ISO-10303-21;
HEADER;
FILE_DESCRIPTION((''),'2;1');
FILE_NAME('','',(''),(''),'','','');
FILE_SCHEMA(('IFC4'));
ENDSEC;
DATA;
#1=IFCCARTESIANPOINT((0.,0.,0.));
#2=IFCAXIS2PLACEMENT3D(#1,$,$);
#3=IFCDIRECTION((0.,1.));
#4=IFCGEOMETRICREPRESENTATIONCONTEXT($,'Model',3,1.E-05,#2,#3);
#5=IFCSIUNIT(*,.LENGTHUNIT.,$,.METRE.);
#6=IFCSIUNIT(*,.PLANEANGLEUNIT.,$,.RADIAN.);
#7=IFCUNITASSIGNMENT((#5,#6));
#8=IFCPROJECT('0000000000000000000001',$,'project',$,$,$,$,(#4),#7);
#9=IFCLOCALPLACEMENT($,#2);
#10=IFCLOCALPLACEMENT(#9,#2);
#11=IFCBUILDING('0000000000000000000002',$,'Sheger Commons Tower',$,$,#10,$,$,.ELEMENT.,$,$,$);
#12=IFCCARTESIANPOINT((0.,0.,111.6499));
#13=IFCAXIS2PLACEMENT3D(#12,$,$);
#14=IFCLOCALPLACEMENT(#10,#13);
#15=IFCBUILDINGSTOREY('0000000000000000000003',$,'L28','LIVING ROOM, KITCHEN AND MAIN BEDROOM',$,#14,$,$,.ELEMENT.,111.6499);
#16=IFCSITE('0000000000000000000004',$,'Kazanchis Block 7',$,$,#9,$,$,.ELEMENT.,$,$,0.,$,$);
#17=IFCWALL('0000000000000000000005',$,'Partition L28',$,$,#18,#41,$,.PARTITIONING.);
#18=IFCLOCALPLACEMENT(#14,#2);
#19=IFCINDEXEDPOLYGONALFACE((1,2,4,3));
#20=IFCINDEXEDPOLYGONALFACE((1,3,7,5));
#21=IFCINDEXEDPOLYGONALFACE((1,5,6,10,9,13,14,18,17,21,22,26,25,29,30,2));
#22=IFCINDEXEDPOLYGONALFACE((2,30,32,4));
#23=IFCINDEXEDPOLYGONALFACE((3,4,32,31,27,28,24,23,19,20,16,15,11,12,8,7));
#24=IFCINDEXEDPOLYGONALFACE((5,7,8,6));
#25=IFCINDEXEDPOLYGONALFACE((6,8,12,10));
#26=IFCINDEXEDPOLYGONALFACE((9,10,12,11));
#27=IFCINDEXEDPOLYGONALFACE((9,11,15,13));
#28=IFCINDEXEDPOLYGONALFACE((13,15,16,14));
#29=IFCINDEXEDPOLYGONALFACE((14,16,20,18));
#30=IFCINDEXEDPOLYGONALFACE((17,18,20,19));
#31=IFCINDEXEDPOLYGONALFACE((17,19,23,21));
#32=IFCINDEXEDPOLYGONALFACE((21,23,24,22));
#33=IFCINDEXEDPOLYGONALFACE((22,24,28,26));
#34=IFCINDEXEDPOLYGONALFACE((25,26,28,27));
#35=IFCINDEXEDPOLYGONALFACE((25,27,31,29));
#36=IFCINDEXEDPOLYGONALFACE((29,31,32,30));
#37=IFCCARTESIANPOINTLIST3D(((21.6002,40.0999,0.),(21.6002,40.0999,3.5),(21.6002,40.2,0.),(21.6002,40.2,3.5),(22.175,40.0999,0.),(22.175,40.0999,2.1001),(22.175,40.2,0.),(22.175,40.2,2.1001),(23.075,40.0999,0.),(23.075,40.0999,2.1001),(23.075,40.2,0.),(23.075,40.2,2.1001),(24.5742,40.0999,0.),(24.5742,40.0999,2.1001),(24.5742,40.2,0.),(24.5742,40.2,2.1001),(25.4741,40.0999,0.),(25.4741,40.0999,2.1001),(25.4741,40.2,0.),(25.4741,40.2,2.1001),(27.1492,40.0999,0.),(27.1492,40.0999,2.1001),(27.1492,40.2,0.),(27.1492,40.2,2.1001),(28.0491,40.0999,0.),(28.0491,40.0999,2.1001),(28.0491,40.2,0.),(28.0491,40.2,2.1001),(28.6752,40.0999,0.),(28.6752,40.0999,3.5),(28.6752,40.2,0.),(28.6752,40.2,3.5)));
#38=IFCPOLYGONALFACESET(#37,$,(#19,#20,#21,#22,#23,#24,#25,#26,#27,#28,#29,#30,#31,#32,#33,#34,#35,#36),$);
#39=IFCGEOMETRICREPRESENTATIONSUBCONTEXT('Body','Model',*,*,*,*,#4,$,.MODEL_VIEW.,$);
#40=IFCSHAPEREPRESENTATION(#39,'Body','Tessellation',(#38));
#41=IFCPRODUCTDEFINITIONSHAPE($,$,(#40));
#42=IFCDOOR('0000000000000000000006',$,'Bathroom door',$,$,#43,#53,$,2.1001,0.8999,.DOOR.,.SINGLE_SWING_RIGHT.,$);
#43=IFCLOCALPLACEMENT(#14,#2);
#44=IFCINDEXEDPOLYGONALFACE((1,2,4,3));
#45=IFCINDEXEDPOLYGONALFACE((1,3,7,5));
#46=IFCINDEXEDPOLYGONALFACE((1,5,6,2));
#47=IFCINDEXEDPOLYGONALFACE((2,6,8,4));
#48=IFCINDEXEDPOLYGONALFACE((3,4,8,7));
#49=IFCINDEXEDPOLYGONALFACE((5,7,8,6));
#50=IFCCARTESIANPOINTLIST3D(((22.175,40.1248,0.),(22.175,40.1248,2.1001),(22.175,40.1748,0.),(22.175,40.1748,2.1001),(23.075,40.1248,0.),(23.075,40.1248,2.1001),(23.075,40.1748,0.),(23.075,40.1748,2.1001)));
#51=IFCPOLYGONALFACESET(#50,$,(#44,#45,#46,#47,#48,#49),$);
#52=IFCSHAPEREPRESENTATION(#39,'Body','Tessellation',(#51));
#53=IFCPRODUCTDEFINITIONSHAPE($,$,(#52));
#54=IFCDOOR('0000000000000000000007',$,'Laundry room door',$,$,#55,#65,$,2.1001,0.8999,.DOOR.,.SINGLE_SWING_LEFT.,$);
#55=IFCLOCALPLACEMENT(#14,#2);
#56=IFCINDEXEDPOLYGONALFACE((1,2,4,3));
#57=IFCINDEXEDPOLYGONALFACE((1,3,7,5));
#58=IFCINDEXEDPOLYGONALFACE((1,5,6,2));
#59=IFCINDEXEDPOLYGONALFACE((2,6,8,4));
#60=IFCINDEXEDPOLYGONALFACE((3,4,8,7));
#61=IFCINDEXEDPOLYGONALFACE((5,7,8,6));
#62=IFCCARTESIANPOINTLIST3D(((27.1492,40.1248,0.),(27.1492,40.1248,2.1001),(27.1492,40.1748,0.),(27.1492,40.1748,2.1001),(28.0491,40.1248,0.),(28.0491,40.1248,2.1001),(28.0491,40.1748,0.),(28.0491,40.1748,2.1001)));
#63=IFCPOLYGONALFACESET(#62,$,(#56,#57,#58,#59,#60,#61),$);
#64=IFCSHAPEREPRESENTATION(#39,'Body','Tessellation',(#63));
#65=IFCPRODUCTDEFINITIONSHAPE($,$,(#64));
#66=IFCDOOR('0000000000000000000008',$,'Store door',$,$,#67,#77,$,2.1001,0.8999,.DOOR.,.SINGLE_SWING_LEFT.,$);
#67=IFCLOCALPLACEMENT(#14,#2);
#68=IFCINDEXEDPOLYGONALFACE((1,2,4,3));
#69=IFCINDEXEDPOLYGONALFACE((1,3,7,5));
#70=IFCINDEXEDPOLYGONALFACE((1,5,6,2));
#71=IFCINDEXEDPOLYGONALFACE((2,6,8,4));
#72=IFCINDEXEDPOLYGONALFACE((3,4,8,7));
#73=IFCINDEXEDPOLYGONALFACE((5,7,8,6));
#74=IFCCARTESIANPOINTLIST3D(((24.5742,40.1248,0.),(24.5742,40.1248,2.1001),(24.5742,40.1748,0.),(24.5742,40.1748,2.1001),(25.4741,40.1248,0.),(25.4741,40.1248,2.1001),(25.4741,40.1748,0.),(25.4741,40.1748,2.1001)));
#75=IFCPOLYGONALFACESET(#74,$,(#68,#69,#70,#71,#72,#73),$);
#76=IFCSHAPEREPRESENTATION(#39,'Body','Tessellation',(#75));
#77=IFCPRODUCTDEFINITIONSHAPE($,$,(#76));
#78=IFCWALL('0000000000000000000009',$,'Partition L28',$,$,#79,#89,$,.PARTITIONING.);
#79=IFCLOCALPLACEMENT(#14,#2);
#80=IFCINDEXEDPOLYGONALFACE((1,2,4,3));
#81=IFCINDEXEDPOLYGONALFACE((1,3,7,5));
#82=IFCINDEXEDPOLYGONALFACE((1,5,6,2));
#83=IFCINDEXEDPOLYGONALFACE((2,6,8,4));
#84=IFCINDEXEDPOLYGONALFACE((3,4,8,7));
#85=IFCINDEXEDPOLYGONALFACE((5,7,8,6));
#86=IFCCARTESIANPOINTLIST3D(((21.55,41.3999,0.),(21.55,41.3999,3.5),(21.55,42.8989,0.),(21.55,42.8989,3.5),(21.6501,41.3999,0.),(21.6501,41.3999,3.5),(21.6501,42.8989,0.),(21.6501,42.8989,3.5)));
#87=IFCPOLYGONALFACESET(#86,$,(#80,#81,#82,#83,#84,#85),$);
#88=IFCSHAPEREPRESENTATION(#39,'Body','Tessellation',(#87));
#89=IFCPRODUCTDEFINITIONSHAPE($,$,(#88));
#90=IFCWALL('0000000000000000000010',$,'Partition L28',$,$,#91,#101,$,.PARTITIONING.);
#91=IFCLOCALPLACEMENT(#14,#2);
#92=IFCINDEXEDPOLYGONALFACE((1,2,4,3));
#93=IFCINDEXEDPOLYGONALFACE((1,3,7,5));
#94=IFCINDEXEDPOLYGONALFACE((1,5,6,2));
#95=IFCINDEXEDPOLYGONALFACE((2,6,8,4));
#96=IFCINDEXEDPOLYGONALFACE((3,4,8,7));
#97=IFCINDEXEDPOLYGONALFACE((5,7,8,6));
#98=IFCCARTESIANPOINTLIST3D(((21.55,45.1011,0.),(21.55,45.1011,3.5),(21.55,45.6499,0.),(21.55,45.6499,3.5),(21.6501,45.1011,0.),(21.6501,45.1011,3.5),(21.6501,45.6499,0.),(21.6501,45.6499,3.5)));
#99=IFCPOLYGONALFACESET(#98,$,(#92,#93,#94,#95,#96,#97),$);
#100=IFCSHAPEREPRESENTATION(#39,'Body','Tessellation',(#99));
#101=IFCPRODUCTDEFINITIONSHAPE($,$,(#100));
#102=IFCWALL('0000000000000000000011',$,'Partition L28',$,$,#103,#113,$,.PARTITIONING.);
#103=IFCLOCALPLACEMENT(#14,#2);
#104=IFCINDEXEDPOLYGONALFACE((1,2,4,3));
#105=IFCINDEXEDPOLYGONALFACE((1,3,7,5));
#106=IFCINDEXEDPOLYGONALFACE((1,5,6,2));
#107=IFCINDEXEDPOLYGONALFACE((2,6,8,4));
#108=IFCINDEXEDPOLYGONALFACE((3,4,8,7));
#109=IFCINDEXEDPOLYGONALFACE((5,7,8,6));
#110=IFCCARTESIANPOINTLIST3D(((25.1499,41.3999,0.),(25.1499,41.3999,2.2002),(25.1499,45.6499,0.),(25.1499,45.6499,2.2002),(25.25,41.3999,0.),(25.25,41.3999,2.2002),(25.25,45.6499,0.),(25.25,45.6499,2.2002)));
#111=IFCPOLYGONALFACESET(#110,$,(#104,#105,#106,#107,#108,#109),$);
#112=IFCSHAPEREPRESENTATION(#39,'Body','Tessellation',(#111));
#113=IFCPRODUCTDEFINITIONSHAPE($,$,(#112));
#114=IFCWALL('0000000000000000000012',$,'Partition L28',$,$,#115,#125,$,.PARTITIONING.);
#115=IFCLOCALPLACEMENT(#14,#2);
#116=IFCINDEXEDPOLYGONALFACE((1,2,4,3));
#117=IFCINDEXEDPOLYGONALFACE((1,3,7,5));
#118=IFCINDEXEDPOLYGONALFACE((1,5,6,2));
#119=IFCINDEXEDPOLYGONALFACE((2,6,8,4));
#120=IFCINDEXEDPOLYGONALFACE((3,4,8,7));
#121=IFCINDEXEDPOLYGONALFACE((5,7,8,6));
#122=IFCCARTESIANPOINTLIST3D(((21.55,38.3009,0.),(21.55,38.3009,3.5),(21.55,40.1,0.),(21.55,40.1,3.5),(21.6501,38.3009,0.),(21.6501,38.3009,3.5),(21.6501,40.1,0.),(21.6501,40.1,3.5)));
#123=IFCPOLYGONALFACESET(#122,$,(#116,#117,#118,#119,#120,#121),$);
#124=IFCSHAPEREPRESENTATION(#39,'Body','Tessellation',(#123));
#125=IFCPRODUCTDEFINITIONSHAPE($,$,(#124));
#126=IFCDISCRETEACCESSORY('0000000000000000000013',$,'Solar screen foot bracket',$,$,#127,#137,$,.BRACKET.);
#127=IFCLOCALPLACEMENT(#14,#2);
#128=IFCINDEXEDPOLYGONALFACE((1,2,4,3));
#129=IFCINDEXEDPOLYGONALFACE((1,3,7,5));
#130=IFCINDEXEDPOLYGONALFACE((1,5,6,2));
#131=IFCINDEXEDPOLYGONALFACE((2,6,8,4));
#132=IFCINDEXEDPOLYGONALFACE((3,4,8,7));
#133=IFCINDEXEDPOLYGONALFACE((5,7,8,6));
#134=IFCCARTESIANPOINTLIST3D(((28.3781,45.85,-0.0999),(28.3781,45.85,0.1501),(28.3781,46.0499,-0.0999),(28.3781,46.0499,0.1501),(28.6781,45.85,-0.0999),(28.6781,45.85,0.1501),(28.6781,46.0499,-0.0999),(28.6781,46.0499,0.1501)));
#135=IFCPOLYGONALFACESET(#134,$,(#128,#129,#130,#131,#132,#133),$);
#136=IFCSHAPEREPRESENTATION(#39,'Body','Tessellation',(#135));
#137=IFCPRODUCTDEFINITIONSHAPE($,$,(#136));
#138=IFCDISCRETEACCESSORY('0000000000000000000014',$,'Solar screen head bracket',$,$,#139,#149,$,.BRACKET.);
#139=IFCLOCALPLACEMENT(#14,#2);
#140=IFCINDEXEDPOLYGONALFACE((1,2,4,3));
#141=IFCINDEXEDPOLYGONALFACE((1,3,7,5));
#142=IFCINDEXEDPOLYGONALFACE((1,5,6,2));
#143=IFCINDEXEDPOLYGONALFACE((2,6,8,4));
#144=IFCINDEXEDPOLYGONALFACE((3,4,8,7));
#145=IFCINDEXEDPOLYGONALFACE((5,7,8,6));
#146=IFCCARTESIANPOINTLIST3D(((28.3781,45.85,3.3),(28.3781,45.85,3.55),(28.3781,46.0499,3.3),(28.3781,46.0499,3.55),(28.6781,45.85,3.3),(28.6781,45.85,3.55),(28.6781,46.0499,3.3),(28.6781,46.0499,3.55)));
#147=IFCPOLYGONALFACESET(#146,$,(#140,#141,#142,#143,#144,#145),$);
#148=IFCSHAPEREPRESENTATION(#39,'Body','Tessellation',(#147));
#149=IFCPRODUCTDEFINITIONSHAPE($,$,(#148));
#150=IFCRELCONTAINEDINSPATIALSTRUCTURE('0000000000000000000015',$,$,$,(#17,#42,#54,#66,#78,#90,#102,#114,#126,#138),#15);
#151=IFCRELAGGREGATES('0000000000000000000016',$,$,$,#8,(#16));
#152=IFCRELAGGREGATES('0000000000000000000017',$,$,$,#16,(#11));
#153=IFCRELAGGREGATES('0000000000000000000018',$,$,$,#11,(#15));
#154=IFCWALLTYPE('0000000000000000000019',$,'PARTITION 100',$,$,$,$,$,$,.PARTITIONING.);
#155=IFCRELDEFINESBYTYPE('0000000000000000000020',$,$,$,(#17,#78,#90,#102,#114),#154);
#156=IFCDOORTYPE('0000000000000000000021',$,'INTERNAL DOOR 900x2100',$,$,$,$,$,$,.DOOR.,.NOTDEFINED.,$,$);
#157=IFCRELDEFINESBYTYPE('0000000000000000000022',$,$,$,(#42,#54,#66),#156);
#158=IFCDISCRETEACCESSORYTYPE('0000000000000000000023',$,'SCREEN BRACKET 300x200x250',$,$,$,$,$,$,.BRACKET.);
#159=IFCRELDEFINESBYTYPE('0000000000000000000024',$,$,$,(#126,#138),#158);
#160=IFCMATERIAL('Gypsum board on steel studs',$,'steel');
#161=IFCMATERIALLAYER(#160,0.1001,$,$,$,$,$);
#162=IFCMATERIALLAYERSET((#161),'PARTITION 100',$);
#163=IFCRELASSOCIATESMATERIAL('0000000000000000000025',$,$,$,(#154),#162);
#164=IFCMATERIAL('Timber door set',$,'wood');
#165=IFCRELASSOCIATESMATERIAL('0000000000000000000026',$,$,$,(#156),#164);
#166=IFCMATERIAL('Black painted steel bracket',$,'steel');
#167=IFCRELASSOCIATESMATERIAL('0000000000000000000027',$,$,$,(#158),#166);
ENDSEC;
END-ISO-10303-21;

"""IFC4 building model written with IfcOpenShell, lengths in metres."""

from ifc_helpers import new_model, si_unit, direction, frame, frame_2d, origin, origin_2d, place, context, subcontext, project, spatial, rectangle, extrude, material, layer, layer_set, type_object, element, fill, save


model = new_model("IFC4")

# Units and contexts
model_context = context("Model", 3, precision=1e-05, world=origin(), true_north=direction((0.0, 1.0)))
body_context = subcontext(model_context, "Body", "Model", "MODEL_VIEW")
ifc_project = project(units=[si_unit("LENGTHUNIT", "METRE"), si_unit("PLANEANGLEUNIT", "RADIAN")], contexts=[model_context])

# Site, building, storey
site_placement = place(None, origin())
site = spatial("IfcSite", under=ifc_project, at=site_placement, Name="Kazanchis Block 7", CompositionType="ELEMENT", RefElevation=0.0)
building_placement = place(site_placement, origin())
building = spatial("IfcBuilding", under=site, at=building_placement, Name="Sheger Commons Tower", CompositionType="ELEMENT")
storey_placement = place(building_placement, frame((0.0, 0.0, 111.6499)))
storey = spatial("IfcBuildingStorey", under=building, at=storey_placement, Name="L28", Description="LIVING ROOM, KITCHEN AND MAIN BEDROOM", CompositionType="ELEMENT", Elevation=111.6499)

# Wall, openings, doors
ifc_material_1 = material(Name="Gypsum board on steel studs", Category="steel")
ifc_layer_1 = layer(ifc_material_1, 0.1001)
ifc_layer_set_1 = layer_set([ifc_layer_1], Name="PARTITION 100")
wall_type = type_object("IfcWallType", Name="PARTITION 100", PredefinedType="PARTITIONING", material=ifc_layer_set_1)
ifc_material_2 = material(Name="Timber door set", Category="wood")
door_type = type_object("IfcDoorType", Name="INTERNAL DOOR 900x2100", OperationType="NOTDEFINED", PredefinedType="DOOR", material=ifc_material_2)
wall_1_placement = place(storey_placement, frame((21.6001, 40.1499, 0.0), z_axis=(0.0, 0.0, 1.0), x_axis=(1.0, 0.0, 0.0)))
wall_1 = element("IfcWall", 1, at=wall_1_placement, inside=storey, type_object=wall_type, Name="Partition L28", PredefinedType="PARTITIONING", context=body_context, shape_type="SweptSolid", body=[
    extrude(rectangle(XDim=7.075, YDim=0.1001, at=frame_2d((3.5376, 0.0))), origin(), (0.0, 0.0, 1.0), 3.5),
])
opening_1_placement = place(wall_1_placement, frame((0.575, 0.0, 0.0)))
opening_1 = element("IfcOpeningElement", 2, at=opening_1_placement, cuts=wall_1, PredefinedType="OPENING", context=body_context, shape_type="SweptSolid", body=[
    extrude(rectangle(XDim=0.8999, YDim=2.1001, at=frame_2d((0.45, 1.05))), frame((0.0, 0.0601, 0.0), z_axis=(0.0, -1.0, 0.0), x_axis=(1.0, 0.0, 0.0)), (0.0, 0.0, 1.0), 0.1201),
])
opening_2_placement = place(wall_1_placement, frame((5.5491, 0.0, 0.0)))
opening_2 = element("IfcOpeningElement", 3, at=opening_2_placement, cuts=wall_1, PredefinedType="OPENING", context=body_context, shape_type="SweptSolid", body=[
    extrude(rectangle(XDim=0.8999, YDim=2.1001, at=frame_2d((0.45, 1.05))), frame((0.0, 0.0601, 0.0), z_axis=(0.0, -1.0, 0.0), x_axis=(1.0, 0.0, 0.0)), (0.0, 0.0, 1.0), 0.1201),
])
opening_3_placement = place(wall_1_placement, frame((2.9741, 0.0, 0.0)))
opening_3 = element("IfcOpeningElement", 4, at=opening_3_placement, cuts=wall_1, PredefinedType="OPENING", context=body_context, shape_type="SweptSolid", body=[
    extrude(rectangle(XDim=0.8999, YDim=2.1001, at=frame_2d((0.45, 1.05))), frame((0.0, 0.0601, 0.0), z_axis=(0.0, -1.0, 0.0), x_axis=(1.0, 0.0, 0.0)), (0.0, 0.0, 1.0), 0.1201),
])
door_1_placement = place(opening_1_placement, origin())
door_1 = element("IfcDoor", 5, at=door_1_placement, inside=storey, type_object=door_type, Name="Bathroom door", OperationType="SINGLE_SWING_RIGHT", OverallHeight=2.1001, OverallWidth=0.8999, PredefinedType="DOOR", context=body_context, shape_type="SweptSolid", body=[
    extrude(rectangle(XDim=0.8999, YDim=2.1001, at=frame_2d((0.45, 1.05))), frame((0.0, 0.0249, 0.0), z_axis=(0.0, -1.0, 0.0), x_axis=(1.0, 0.0, 0.0)), (0.0, 0.0, 1.0), 0.05),
])
fill(opening_1, door_1)
door_2_placement = place(opening_2_placement, origin())
door_2 = element("IfcDoor", 6, at=door_2_placement, inside=storey, type_object=door_type, Name="Laundry room door", OperationType="SINGLE_SWING_LEFT", OverallHeight=2.1001, OverallWidth=0.8999, PredefinedType="DOOR", context=body_context, shape_type="SweptSolid", body=[
    extrude(rectangle(XDim=0.8999, YDim=2.1001, at=frame_2d((0.45, 1.05))), frame((0.0, 0.0249, 0.0), z_axis=(0.0, -1.0, 0.0), x_axis=(1.0, 0.0, 0.0)), (0.0, 0.0, 1.0), 0.05),
])
fill(opening_2, door_2)
door_3_placement = place(opening_3_placement, origin())
door_3 = element("IfcDoor", 7, at=door_3_placement, inside=storey, type_object=door_type, Name="Store door", OperationType="SINGLE_SWING_LEFT", OverallHeight=2.1001, OverallWidth=0.8999, PredefinedType="DOOR", context=body_context, shape_type="SweptSolid", body=[
    extrude(rectangle(XDim=0.8999, YDim=2.1001, at=frame_2d((0.45, 1.05))), frame((0.0, 0.0249, 0.0), z_axis=(0.0, -1.0, 0.0), x_axis=(1.0, 0.0, 0.0)), (0.0, 0.0, 1.0), 0.05),
])
fill(opening_3, door_3)

# Walls
wall_2_placement = place(storey_placement, frame((21.6001, 41.3999, 0.0), z_axis=(0.0, 0.0, 1.0), x_axis=(0.0, 1.0, 0.0)))
element("IfcWall", 8, at=wall_2_placement, inside=storey, type_object=wall_type, Name="Partition L28", PredefinedType="PARTITIONING", context=body_context, shape_type="SweptSolid", body=[
    extrude(rectangle(XDim=1.499, YDim=0.1001, at=frame_2d((0.7495, 0.0))), origin(), (0.0, 0.0, 1.0), 3.5),
])
wall_3_placement = place(storey_placement, frame((21.6001, 45.1011, 0.0), z_axis=(0.0, 0.0, 1.0), x_axis=(0.0, 1.0, 0.0)))
element("IfcWall", 9, at=wall_3_placement, inside=storey, type_object=wall_type, Name="Partition L28", PredefinedType="PARTITIONING", context=body_context, shape_type="SweptSolid", body=[
    extrude(rectangle(XDim=0.5488, YDim=0.1001, at=frame_2d((0.2744, 0.0))), origin(), (0.0, 0.0, 1.0), 3.5),
])
wall_4_placement = place(storey_placement, frame((25.2, 41.3999, 0.0), z_axis=(0.0, 0.0, 1.0), x_axis=(0.0, 1.0, 0.0)))
element("IfcWall", 10, at=wall_4_placement, inside=storey, type_object=wall_type, Name="Partition L28", PredefinedType="PARTITIONING", context=body_context, shape_type="SweptSolid", body=[
    extrude(rectangle(XDim=4.25, YDim=0.1001, at=frame_2d((2.125, 0.0))), origin(), (0.0, 0.0, 1.0), 2.2002),
])
wall_5_placement = place(storey_placement, frame((21.6001, 38.301, 0.0), z_axis=(0.0, 0.0, 1.0), x_axis=(0.0, 1.0, 0.0)))
element("IfcWall", 11, at=wall_5_placement, inside=storey, type_object=wall_type, Name="Partition L28", PredefinedType="PARTITIONING", context=body_context, shape_type="SweptSolid", body=[
    extrude(rectangle(XDim=1.7991, YDim=0.1001, at=frame_2d((0.8994, 0.0))), origin(), (0.0, 0.0, 1.0), 3.5),
])

# Discrete accessories
ifc_material_3 = material(Name="Black painted steel bracket", Category="steel")
discrete_accessory_type = type_object("IfcDiscreteAccessoryType", Name="SCREEN BRACKET 300x200x250", PredefinedType="BRACKET", material=ifc_material_3)
for number, where, z_axis, x_axis, name in (
    (12, (28.5281, 45.95, -0.0999), (0.0, 0.0, 1.0), (-1.0, 0.0, 0.0), "Solar screen foot bracket"),
    (13, (28.5281, 45.95, 3.3), (0.0, 0.0, 1.0), (-1.0, 0.0, 0.0), "Solar screen head bracket"),
):
    element("IfcDiscreteAccessory", number, at=place(storey_placement, frame(where, z_axis=z_axis, x_axis=x_axis)), inside=storey, type_object=discrete_accessory_type, Name=name, PredefinedType="BRACKET", context=body_context, shape_type="SweptSolid", body=[
        extrude(rectangle(XDim=0.3, YDim=0.2, at=origin_2d()), origin(), (0.0, 0.0, 1.0), 0.25),
    ])

save(model, "model.ifc")
